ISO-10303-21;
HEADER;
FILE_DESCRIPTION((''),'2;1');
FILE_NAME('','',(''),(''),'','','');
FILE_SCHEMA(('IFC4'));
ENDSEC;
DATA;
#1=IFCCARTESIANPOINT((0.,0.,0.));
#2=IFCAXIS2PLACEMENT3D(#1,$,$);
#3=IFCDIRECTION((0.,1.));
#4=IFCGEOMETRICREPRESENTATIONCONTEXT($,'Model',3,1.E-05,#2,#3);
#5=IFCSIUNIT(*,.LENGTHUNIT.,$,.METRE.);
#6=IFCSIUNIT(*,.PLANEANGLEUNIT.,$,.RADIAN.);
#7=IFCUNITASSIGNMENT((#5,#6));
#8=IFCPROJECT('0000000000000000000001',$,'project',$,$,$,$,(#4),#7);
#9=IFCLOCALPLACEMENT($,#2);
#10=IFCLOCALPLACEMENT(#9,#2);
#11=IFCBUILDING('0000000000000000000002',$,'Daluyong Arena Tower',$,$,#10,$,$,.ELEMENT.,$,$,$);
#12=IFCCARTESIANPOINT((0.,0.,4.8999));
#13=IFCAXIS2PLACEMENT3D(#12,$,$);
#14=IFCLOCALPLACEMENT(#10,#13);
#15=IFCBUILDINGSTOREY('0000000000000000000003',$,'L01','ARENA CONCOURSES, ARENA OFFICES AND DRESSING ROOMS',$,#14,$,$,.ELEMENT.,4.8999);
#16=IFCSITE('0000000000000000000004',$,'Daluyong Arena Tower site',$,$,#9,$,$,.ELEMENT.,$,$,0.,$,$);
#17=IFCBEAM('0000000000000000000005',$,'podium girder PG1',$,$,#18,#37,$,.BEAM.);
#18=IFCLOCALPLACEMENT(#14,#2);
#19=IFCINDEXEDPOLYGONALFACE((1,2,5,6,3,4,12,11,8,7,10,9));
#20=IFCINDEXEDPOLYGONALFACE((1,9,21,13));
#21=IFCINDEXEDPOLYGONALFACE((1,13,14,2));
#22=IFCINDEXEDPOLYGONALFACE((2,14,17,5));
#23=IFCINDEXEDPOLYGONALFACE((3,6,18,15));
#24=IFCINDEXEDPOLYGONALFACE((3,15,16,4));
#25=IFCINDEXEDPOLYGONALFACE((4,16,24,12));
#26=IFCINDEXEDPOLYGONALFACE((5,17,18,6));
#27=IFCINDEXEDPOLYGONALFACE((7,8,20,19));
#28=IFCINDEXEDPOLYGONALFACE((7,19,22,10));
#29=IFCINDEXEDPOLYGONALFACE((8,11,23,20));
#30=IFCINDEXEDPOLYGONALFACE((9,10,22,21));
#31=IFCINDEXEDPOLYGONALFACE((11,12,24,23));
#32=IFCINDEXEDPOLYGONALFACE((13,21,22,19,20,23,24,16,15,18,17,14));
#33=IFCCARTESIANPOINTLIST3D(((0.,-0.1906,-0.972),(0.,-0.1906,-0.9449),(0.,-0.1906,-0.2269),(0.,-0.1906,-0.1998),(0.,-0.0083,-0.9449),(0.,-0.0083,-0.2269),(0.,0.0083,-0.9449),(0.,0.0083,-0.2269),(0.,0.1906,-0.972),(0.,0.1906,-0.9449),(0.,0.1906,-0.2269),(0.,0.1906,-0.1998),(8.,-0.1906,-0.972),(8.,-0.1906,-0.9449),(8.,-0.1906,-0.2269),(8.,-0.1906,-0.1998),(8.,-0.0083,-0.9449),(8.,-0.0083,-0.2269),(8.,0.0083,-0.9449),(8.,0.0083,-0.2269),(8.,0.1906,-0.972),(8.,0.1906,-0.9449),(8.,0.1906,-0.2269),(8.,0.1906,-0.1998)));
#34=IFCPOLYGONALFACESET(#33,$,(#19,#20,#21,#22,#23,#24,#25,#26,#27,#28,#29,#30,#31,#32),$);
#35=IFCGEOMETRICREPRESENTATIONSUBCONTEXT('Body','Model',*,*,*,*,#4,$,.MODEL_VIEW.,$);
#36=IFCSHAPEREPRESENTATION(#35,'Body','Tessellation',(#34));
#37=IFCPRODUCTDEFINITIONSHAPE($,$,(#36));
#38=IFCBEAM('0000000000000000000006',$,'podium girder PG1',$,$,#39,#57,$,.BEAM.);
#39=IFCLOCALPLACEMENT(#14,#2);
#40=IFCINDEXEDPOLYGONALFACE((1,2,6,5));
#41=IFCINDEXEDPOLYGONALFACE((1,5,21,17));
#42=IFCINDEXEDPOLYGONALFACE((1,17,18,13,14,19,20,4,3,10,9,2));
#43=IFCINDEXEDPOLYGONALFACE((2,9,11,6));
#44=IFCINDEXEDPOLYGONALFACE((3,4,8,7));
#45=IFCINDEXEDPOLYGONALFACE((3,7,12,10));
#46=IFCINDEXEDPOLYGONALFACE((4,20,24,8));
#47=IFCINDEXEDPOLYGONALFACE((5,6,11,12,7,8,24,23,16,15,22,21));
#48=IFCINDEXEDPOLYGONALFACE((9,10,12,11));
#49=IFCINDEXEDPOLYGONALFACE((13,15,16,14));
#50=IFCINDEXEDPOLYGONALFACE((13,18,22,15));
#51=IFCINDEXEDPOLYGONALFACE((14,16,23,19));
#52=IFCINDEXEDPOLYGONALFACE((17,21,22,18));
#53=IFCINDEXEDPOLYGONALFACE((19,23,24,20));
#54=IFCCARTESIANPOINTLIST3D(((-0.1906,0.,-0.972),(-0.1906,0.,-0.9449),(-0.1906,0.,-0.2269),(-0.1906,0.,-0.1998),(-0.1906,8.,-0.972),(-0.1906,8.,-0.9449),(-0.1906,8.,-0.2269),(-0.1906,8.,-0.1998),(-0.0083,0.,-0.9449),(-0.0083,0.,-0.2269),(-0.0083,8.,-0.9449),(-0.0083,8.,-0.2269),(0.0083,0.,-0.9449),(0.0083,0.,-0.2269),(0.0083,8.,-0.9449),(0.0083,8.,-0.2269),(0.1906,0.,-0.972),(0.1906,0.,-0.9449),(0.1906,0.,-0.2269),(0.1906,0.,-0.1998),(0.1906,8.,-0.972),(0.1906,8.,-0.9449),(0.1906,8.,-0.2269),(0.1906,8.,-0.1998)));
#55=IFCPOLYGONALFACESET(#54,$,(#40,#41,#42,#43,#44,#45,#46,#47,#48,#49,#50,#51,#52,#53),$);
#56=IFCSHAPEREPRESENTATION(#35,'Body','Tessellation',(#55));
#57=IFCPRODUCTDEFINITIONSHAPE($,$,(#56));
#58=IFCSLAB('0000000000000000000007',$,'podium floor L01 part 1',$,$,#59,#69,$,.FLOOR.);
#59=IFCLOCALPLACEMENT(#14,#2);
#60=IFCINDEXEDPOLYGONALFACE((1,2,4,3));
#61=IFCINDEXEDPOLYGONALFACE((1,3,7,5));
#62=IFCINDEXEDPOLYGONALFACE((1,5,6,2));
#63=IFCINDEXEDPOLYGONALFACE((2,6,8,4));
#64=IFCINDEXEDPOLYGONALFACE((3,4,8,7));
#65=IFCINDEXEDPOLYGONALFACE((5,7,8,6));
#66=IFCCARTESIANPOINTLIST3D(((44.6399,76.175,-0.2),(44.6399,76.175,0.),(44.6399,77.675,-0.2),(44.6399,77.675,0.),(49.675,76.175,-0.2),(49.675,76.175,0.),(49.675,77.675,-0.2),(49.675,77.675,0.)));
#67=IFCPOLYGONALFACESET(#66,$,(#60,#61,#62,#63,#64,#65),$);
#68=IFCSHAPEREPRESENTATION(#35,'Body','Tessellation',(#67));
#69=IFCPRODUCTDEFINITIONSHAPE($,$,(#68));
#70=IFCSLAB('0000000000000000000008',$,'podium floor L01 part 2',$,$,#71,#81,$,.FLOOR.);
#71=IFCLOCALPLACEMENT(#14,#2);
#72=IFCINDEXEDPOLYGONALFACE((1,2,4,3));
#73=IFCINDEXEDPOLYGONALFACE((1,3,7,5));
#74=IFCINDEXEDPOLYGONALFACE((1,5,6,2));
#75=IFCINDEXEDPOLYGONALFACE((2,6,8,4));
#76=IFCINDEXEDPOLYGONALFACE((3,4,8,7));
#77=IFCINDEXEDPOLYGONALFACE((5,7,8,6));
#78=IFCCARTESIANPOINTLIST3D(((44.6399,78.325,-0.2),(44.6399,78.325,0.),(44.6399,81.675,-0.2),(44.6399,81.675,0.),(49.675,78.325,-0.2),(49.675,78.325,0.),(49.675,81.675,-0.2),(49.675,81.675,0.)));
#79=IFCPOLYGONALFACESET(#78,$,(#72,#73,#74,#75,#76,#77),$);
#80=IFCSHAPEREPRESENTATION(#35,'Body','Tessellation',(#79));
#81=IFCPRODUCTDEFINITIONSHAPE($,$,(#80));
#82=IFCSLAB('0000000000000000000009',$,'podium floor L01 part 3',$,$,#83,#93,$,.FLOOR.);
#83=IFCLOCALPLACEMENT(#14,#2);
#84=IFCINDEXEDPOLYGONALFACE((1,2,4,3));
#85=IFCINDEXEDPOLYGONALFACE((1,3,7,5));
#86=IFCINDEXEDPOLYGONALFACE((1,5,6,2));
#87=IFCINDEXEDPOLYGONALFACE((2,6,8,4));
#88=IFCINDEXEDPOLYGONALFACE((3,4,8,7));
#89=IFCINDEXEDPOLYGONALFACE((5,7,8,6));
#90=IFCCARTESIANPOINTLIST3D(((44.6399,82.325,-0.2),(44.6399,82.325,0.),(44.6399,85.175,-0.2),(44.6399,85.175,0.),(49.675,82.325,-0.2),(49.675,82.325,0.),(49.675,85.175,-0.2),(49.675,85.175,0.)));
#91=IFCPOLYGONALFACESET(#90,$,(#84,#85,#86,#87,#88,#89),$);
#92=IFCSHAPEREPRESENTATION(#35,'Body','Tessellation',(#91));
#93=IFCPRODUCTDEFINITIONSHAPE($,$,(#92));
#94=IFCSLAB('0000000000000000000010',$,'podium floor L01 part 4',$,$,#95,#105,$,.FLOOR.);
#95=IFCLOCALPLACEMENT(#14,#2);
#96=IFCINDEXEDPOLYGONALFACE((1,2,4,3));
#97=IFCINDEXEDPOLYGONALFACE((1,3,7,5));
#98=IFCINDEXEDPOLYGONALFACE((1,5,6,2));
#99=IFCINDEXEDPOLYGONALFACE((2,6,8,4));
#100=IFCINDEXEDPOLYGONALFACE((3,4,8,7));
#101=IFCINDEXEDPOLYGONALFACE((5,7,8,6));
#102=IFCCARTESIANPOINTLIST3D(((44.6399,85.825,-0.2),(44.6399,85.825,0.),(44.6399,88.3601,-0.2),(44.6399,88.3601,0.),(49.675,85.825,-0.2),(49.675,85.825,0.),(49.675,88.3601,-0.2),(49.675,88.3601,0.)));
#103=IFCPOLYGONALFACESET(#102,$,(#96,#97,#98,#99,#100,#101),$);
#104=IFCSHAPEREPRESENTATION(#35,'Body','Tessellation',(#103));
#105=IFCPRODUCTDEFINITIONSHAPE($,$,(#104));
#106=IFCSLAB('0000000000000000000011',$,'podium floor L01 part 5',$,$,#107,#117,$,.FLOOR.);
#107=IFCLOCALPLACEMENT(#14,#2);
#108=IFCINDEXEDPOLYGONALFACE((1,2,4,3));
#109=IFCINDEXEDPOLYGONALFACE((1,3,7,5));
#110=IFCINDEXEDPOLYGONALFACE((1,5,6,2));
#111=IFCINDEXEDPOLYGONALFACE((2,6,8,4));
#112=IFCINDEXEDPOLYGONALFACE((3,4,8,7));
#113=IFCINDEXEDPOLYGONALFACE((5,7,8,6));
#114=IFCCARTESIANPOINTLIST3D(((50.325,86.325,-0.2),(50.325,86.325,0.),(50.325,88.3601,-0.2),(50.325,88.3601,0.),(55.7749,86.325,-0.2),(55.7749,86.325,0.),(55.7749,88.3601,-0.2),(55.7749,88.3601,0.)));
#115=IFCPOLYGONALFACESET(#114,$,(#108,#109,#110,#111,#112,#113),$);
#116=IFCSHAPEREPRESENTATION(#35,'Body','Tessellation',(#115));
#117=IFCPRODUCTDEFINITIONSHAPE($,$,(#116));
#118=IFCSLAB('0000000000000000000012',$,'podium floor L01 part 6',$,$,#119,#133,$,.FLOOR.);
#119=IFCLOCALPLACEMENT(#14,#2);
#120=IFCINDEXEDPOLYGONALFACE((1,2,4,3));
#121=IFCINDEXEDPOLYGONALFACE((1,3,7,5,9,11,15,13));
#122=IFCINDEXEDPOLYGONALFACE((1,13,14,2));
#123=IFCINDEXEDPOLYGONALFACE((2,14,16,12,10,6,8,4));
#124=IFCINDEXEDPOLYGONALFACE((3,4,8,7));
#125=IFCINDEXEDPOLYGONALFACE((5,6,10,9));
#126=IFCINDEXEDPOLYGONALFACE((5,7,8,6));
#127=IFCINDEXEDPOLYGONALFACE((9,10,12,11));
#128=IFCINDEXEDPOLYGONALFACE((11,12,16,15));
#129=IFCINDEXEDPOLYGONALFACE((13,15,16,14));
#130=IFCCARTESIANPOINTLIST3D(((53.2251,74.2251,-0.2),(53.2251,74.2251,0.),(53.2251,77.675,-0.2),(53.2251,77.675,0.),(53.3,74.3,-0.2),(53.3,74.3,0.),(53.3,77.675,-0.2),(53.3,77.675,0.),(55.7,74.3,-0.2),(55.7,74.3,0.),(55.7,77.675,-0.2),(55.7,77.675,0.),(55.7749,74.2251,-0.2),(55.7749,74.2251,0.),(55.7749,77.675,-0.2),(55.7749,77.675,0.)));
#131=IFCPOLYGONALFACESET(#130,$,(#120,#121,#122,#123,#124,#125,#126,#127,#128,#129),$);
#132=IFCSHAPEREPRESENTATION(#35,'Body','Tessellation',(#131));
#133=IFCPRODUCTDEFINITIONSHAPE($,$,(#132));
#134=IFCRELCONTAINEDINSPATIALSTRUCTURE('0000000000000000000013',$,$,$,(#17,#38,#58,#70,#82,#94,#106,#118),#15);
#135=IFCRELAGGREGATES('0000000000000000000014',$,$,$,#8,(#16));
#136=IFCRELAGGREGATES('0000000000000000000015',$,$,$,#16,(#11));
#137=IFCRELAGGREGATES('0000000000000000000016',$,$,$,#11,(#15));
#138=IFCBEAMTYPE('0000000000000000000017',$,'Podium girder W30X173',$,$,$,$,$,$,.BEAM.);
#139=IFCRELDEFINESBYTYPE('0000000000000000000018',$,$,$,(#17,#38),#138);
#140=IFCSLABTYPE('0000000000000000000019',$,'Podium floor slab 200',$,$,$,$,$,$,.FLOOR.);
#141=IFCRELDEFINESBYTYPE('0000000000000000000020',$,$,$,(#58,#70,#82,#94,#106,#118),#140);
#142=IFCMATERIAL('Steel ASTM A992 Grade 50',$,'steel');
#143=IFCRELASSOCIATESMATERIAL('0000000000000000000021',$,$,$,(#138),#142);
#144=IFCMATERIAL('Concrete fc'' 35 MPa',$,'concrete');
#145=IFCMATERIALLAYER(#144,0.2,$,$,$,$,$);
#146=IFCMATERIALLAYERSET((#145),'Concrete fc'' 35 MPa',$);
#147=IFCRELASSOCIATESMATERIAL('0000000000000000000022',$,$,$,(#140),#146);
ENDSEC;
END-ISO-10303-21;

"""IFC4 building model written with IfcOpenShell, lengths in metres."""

from ifc_helpers import new_model, si_unit, direction, frame, origin, origin_2d, place, context, subcontext, project, spatial, polyline, i_section, outline, extrude, material, layer, layer_set, material_profile, profile_set, type_object, element, save


model = new_model("IFC4")

# Units and contexts
model_context = context("Model", 3, precision=1e-05, world=origin(), true_north=direction((0.0, 1.0)))
body_context = subcontext(model_context, "Body", "Model", "MODEL_VIEW")
ifc_project = project(units=[si_unit("LENGTHUNIT", "METRE"), si_unit("PLANEANGLEUNIT", "RADIAN")], contexts=[model_context])

# Site, building, storey
site_placement = place(None, origin())
site = spatial("IfcSite", under=ifc_project, at=site_placement, Name="Daluyong Arena Tower site", CompositionType="ELEMENT", RefElevation=0.0)
building_placement = place(site_placement, origin())
building = spatial("IfcBuilding", under=site, at=building_placement, Name="Daluyong Arena Tower", CompositionType="ELEMENT")
storey_placement = place(building_placement, frame((0.0, 0.0, 4.8999)))
storey = spatial("IfcBuildingStorey", under=building, at=storey_placement, Name="L01", Description="ARENA CONCOURSES, ARENA OFFICES AND DRESSING ROOMS", CompositionType="ELEMENT", Elevation=4.8999)

# Beams
ifc_material_1 = material(Name="Steel ASTM A992 Grade 50", Category="steel")
ifc_material_profile = material_profile(ifc_material_1, i_section(OverallWidth=0.3811, OverallDepth=0.7722, WebThickness=0.0166, FlangeThickness=0.0271, at=origin_2d()))
ifc_profile_set = profile_set([ifc_material_profile], Name="Steel ASTM A992 Grade 50")
beam_type = type_object("IfcBeamType", Name="Podium girder W30X173", PredefinedType="BEAM", material=ifc_profile_set)
for number, where, z_axis, x_axis, name in (
    (1, (0.0, 0.0, -0.5859), (1.0, 0.0, 0.0), (0.0, 1.0, 0.0), "podium girder PG1"),
    (2, (0.0, 0.0, -0.5859), (0.0, 1.0, 0.0), (-1.0, 0.0, 0.0), "podium girder PG1"),
):
    element("IfcBeam", number, at=place(storey_placement, frame(where, z_axis=z_axis, x_axis=x_axis)), inside=storey, type_object=beam_type, Name=name, PredefinedType="BEAM", context=body_context, shape_type="SweptSolid", body=[
        extrude(i_section(OverallWidth=0.3811, OverallDepth=0.7722, WebThickness=0.0166, FlangeThickness=0.0271, at=origin_2d()), origin(), (0.0, 0.0, 1.0), 8.0),
    ])

# Slabs
ifc_material_2 = material(Name="Concrete fc' 35 MPa", Category="concrete")
ifc_layer = layer(ifc_material_2, 0.2)
ifc_layer_set = layer_set([ifc_layer], Name="Concrete fc' 35 MPa")
slab_type = type_object("IfcSlabType", Name="Podium floor slab 200", PredefinedType="FLOOR", material=ifc_layer_set)
slab_1_placement = place(storey_placement, frame((0.0, 0.0, -0.2)))
element("IfcSlab", 3, at=slab_1_placement, inside=storey, type_object=slab_type, Name="podium floor L01 part 1", PredefinedType="FLOOR", context=body_context, shape_type="SweptSolid", body=[
    extrude(outline(polyline([(49.675, 76.175), (49.675, 77.675), (44.6399, 77.675), (44.6399, 76.175), (49.675, 76.175)])), origin(), (0.0, 0.0, 1.0), 0.2),
])
slab_2_placement = place(storey_placement, frame((0.0, 0.0, -0.2)))
element("IfcSlab", 4, at=slab_2_placement, inside=storey, type_object=slab_type, Name="podium floor L01 part 2", PredefinedType="FLOOR", context=body_context, shape_type="SweptSolid", body=[
    extrude(outline(polyline([(44.6399, 78.325), (49.675, 78.325), (49.675, 81.675), (44.6399, 81.675), (44.6399, 78.325)])), origin(), (0.0, 0.0, 1.0), 0.2),
])
slab_3_placement = place(storey_placement, frame((0.0, 0.0, -0.2)))
element("IfcSlab", 5, at=slab_3_placement, inside=storey, type_object=slab_type, Name="podium floor L01 part 3", PredefinedType="FLOOR", context=body_context, shape_type="SweptSolid", body=[
    extrude(outline(polyline([(44.6399, 82.325), (49.675, 82.325), (49.675, 85.175), (44.6399, 85.175), (44.6399, 82.325)])), origin(), (0.0, 0.0, 1.0), 0.2),
])
slab_4_placement = place(storey_placement, frame((0.0, 0.0, -0.2)))
element("IfcSlab", 6, at=slab_4_placement, inside=storey, type_object=slab_type, Name="podium floor L01 part 4", PredefinedType="FLOOR", context=body_context, shape_type="SweptSolid", body=[
    extrude(outline(polyline([(44.6399, 88.3601), (44.6399, 85.825), (49.675, 85.825), (49.675, 88.3601), (44.6399, 88.3601)])), origin(), (0.0, 0.0, 1.0), 0.2),
])
slab_5_placement = place(storey_placement, frame((0.0, 0.0, -0.2)))
element("IfcSlab", 7, at=slab_5_placement, inside=storey, type_object=slab_type, Name="podium floor L01 part 5", PredefinedType="FLOOR", context=body_context, shape_type="SweptSolid", body=[
    extrude(outline(polyline([(50.325, 88.3601), (50.325, 86.325), (55.7749, 86.325), (55.7749, 88.3601), (50.325, 88.3601)])), origin(), (0.0, 0.0, 1.0), 0.2),
])
slab_6_placement = place(storey_placement, frame((0.0, 0.0, -0.2)))
element("IfcSlab", 8, at=slab_6_placement, inside=storey, type_object=slab_type, Name="podium floor L01 part 6", PredefinedType="FLOOR", context=body_context, shape_type="SweptSolid", body=[
    extrude(outline(polyline([(53.3, 74.3), (53.3, 77.675), (53.2251, 77.675), (53.2251, 74.2251), (55.7749, 74.2251), (55.7749, 77.675), (55.7, 77.675), (55.7, 74.3), (53.3, 74.3)])), origin(), (0.0, 0.0, 1.0), 0.2),
])

save(model, "model.ifc")
